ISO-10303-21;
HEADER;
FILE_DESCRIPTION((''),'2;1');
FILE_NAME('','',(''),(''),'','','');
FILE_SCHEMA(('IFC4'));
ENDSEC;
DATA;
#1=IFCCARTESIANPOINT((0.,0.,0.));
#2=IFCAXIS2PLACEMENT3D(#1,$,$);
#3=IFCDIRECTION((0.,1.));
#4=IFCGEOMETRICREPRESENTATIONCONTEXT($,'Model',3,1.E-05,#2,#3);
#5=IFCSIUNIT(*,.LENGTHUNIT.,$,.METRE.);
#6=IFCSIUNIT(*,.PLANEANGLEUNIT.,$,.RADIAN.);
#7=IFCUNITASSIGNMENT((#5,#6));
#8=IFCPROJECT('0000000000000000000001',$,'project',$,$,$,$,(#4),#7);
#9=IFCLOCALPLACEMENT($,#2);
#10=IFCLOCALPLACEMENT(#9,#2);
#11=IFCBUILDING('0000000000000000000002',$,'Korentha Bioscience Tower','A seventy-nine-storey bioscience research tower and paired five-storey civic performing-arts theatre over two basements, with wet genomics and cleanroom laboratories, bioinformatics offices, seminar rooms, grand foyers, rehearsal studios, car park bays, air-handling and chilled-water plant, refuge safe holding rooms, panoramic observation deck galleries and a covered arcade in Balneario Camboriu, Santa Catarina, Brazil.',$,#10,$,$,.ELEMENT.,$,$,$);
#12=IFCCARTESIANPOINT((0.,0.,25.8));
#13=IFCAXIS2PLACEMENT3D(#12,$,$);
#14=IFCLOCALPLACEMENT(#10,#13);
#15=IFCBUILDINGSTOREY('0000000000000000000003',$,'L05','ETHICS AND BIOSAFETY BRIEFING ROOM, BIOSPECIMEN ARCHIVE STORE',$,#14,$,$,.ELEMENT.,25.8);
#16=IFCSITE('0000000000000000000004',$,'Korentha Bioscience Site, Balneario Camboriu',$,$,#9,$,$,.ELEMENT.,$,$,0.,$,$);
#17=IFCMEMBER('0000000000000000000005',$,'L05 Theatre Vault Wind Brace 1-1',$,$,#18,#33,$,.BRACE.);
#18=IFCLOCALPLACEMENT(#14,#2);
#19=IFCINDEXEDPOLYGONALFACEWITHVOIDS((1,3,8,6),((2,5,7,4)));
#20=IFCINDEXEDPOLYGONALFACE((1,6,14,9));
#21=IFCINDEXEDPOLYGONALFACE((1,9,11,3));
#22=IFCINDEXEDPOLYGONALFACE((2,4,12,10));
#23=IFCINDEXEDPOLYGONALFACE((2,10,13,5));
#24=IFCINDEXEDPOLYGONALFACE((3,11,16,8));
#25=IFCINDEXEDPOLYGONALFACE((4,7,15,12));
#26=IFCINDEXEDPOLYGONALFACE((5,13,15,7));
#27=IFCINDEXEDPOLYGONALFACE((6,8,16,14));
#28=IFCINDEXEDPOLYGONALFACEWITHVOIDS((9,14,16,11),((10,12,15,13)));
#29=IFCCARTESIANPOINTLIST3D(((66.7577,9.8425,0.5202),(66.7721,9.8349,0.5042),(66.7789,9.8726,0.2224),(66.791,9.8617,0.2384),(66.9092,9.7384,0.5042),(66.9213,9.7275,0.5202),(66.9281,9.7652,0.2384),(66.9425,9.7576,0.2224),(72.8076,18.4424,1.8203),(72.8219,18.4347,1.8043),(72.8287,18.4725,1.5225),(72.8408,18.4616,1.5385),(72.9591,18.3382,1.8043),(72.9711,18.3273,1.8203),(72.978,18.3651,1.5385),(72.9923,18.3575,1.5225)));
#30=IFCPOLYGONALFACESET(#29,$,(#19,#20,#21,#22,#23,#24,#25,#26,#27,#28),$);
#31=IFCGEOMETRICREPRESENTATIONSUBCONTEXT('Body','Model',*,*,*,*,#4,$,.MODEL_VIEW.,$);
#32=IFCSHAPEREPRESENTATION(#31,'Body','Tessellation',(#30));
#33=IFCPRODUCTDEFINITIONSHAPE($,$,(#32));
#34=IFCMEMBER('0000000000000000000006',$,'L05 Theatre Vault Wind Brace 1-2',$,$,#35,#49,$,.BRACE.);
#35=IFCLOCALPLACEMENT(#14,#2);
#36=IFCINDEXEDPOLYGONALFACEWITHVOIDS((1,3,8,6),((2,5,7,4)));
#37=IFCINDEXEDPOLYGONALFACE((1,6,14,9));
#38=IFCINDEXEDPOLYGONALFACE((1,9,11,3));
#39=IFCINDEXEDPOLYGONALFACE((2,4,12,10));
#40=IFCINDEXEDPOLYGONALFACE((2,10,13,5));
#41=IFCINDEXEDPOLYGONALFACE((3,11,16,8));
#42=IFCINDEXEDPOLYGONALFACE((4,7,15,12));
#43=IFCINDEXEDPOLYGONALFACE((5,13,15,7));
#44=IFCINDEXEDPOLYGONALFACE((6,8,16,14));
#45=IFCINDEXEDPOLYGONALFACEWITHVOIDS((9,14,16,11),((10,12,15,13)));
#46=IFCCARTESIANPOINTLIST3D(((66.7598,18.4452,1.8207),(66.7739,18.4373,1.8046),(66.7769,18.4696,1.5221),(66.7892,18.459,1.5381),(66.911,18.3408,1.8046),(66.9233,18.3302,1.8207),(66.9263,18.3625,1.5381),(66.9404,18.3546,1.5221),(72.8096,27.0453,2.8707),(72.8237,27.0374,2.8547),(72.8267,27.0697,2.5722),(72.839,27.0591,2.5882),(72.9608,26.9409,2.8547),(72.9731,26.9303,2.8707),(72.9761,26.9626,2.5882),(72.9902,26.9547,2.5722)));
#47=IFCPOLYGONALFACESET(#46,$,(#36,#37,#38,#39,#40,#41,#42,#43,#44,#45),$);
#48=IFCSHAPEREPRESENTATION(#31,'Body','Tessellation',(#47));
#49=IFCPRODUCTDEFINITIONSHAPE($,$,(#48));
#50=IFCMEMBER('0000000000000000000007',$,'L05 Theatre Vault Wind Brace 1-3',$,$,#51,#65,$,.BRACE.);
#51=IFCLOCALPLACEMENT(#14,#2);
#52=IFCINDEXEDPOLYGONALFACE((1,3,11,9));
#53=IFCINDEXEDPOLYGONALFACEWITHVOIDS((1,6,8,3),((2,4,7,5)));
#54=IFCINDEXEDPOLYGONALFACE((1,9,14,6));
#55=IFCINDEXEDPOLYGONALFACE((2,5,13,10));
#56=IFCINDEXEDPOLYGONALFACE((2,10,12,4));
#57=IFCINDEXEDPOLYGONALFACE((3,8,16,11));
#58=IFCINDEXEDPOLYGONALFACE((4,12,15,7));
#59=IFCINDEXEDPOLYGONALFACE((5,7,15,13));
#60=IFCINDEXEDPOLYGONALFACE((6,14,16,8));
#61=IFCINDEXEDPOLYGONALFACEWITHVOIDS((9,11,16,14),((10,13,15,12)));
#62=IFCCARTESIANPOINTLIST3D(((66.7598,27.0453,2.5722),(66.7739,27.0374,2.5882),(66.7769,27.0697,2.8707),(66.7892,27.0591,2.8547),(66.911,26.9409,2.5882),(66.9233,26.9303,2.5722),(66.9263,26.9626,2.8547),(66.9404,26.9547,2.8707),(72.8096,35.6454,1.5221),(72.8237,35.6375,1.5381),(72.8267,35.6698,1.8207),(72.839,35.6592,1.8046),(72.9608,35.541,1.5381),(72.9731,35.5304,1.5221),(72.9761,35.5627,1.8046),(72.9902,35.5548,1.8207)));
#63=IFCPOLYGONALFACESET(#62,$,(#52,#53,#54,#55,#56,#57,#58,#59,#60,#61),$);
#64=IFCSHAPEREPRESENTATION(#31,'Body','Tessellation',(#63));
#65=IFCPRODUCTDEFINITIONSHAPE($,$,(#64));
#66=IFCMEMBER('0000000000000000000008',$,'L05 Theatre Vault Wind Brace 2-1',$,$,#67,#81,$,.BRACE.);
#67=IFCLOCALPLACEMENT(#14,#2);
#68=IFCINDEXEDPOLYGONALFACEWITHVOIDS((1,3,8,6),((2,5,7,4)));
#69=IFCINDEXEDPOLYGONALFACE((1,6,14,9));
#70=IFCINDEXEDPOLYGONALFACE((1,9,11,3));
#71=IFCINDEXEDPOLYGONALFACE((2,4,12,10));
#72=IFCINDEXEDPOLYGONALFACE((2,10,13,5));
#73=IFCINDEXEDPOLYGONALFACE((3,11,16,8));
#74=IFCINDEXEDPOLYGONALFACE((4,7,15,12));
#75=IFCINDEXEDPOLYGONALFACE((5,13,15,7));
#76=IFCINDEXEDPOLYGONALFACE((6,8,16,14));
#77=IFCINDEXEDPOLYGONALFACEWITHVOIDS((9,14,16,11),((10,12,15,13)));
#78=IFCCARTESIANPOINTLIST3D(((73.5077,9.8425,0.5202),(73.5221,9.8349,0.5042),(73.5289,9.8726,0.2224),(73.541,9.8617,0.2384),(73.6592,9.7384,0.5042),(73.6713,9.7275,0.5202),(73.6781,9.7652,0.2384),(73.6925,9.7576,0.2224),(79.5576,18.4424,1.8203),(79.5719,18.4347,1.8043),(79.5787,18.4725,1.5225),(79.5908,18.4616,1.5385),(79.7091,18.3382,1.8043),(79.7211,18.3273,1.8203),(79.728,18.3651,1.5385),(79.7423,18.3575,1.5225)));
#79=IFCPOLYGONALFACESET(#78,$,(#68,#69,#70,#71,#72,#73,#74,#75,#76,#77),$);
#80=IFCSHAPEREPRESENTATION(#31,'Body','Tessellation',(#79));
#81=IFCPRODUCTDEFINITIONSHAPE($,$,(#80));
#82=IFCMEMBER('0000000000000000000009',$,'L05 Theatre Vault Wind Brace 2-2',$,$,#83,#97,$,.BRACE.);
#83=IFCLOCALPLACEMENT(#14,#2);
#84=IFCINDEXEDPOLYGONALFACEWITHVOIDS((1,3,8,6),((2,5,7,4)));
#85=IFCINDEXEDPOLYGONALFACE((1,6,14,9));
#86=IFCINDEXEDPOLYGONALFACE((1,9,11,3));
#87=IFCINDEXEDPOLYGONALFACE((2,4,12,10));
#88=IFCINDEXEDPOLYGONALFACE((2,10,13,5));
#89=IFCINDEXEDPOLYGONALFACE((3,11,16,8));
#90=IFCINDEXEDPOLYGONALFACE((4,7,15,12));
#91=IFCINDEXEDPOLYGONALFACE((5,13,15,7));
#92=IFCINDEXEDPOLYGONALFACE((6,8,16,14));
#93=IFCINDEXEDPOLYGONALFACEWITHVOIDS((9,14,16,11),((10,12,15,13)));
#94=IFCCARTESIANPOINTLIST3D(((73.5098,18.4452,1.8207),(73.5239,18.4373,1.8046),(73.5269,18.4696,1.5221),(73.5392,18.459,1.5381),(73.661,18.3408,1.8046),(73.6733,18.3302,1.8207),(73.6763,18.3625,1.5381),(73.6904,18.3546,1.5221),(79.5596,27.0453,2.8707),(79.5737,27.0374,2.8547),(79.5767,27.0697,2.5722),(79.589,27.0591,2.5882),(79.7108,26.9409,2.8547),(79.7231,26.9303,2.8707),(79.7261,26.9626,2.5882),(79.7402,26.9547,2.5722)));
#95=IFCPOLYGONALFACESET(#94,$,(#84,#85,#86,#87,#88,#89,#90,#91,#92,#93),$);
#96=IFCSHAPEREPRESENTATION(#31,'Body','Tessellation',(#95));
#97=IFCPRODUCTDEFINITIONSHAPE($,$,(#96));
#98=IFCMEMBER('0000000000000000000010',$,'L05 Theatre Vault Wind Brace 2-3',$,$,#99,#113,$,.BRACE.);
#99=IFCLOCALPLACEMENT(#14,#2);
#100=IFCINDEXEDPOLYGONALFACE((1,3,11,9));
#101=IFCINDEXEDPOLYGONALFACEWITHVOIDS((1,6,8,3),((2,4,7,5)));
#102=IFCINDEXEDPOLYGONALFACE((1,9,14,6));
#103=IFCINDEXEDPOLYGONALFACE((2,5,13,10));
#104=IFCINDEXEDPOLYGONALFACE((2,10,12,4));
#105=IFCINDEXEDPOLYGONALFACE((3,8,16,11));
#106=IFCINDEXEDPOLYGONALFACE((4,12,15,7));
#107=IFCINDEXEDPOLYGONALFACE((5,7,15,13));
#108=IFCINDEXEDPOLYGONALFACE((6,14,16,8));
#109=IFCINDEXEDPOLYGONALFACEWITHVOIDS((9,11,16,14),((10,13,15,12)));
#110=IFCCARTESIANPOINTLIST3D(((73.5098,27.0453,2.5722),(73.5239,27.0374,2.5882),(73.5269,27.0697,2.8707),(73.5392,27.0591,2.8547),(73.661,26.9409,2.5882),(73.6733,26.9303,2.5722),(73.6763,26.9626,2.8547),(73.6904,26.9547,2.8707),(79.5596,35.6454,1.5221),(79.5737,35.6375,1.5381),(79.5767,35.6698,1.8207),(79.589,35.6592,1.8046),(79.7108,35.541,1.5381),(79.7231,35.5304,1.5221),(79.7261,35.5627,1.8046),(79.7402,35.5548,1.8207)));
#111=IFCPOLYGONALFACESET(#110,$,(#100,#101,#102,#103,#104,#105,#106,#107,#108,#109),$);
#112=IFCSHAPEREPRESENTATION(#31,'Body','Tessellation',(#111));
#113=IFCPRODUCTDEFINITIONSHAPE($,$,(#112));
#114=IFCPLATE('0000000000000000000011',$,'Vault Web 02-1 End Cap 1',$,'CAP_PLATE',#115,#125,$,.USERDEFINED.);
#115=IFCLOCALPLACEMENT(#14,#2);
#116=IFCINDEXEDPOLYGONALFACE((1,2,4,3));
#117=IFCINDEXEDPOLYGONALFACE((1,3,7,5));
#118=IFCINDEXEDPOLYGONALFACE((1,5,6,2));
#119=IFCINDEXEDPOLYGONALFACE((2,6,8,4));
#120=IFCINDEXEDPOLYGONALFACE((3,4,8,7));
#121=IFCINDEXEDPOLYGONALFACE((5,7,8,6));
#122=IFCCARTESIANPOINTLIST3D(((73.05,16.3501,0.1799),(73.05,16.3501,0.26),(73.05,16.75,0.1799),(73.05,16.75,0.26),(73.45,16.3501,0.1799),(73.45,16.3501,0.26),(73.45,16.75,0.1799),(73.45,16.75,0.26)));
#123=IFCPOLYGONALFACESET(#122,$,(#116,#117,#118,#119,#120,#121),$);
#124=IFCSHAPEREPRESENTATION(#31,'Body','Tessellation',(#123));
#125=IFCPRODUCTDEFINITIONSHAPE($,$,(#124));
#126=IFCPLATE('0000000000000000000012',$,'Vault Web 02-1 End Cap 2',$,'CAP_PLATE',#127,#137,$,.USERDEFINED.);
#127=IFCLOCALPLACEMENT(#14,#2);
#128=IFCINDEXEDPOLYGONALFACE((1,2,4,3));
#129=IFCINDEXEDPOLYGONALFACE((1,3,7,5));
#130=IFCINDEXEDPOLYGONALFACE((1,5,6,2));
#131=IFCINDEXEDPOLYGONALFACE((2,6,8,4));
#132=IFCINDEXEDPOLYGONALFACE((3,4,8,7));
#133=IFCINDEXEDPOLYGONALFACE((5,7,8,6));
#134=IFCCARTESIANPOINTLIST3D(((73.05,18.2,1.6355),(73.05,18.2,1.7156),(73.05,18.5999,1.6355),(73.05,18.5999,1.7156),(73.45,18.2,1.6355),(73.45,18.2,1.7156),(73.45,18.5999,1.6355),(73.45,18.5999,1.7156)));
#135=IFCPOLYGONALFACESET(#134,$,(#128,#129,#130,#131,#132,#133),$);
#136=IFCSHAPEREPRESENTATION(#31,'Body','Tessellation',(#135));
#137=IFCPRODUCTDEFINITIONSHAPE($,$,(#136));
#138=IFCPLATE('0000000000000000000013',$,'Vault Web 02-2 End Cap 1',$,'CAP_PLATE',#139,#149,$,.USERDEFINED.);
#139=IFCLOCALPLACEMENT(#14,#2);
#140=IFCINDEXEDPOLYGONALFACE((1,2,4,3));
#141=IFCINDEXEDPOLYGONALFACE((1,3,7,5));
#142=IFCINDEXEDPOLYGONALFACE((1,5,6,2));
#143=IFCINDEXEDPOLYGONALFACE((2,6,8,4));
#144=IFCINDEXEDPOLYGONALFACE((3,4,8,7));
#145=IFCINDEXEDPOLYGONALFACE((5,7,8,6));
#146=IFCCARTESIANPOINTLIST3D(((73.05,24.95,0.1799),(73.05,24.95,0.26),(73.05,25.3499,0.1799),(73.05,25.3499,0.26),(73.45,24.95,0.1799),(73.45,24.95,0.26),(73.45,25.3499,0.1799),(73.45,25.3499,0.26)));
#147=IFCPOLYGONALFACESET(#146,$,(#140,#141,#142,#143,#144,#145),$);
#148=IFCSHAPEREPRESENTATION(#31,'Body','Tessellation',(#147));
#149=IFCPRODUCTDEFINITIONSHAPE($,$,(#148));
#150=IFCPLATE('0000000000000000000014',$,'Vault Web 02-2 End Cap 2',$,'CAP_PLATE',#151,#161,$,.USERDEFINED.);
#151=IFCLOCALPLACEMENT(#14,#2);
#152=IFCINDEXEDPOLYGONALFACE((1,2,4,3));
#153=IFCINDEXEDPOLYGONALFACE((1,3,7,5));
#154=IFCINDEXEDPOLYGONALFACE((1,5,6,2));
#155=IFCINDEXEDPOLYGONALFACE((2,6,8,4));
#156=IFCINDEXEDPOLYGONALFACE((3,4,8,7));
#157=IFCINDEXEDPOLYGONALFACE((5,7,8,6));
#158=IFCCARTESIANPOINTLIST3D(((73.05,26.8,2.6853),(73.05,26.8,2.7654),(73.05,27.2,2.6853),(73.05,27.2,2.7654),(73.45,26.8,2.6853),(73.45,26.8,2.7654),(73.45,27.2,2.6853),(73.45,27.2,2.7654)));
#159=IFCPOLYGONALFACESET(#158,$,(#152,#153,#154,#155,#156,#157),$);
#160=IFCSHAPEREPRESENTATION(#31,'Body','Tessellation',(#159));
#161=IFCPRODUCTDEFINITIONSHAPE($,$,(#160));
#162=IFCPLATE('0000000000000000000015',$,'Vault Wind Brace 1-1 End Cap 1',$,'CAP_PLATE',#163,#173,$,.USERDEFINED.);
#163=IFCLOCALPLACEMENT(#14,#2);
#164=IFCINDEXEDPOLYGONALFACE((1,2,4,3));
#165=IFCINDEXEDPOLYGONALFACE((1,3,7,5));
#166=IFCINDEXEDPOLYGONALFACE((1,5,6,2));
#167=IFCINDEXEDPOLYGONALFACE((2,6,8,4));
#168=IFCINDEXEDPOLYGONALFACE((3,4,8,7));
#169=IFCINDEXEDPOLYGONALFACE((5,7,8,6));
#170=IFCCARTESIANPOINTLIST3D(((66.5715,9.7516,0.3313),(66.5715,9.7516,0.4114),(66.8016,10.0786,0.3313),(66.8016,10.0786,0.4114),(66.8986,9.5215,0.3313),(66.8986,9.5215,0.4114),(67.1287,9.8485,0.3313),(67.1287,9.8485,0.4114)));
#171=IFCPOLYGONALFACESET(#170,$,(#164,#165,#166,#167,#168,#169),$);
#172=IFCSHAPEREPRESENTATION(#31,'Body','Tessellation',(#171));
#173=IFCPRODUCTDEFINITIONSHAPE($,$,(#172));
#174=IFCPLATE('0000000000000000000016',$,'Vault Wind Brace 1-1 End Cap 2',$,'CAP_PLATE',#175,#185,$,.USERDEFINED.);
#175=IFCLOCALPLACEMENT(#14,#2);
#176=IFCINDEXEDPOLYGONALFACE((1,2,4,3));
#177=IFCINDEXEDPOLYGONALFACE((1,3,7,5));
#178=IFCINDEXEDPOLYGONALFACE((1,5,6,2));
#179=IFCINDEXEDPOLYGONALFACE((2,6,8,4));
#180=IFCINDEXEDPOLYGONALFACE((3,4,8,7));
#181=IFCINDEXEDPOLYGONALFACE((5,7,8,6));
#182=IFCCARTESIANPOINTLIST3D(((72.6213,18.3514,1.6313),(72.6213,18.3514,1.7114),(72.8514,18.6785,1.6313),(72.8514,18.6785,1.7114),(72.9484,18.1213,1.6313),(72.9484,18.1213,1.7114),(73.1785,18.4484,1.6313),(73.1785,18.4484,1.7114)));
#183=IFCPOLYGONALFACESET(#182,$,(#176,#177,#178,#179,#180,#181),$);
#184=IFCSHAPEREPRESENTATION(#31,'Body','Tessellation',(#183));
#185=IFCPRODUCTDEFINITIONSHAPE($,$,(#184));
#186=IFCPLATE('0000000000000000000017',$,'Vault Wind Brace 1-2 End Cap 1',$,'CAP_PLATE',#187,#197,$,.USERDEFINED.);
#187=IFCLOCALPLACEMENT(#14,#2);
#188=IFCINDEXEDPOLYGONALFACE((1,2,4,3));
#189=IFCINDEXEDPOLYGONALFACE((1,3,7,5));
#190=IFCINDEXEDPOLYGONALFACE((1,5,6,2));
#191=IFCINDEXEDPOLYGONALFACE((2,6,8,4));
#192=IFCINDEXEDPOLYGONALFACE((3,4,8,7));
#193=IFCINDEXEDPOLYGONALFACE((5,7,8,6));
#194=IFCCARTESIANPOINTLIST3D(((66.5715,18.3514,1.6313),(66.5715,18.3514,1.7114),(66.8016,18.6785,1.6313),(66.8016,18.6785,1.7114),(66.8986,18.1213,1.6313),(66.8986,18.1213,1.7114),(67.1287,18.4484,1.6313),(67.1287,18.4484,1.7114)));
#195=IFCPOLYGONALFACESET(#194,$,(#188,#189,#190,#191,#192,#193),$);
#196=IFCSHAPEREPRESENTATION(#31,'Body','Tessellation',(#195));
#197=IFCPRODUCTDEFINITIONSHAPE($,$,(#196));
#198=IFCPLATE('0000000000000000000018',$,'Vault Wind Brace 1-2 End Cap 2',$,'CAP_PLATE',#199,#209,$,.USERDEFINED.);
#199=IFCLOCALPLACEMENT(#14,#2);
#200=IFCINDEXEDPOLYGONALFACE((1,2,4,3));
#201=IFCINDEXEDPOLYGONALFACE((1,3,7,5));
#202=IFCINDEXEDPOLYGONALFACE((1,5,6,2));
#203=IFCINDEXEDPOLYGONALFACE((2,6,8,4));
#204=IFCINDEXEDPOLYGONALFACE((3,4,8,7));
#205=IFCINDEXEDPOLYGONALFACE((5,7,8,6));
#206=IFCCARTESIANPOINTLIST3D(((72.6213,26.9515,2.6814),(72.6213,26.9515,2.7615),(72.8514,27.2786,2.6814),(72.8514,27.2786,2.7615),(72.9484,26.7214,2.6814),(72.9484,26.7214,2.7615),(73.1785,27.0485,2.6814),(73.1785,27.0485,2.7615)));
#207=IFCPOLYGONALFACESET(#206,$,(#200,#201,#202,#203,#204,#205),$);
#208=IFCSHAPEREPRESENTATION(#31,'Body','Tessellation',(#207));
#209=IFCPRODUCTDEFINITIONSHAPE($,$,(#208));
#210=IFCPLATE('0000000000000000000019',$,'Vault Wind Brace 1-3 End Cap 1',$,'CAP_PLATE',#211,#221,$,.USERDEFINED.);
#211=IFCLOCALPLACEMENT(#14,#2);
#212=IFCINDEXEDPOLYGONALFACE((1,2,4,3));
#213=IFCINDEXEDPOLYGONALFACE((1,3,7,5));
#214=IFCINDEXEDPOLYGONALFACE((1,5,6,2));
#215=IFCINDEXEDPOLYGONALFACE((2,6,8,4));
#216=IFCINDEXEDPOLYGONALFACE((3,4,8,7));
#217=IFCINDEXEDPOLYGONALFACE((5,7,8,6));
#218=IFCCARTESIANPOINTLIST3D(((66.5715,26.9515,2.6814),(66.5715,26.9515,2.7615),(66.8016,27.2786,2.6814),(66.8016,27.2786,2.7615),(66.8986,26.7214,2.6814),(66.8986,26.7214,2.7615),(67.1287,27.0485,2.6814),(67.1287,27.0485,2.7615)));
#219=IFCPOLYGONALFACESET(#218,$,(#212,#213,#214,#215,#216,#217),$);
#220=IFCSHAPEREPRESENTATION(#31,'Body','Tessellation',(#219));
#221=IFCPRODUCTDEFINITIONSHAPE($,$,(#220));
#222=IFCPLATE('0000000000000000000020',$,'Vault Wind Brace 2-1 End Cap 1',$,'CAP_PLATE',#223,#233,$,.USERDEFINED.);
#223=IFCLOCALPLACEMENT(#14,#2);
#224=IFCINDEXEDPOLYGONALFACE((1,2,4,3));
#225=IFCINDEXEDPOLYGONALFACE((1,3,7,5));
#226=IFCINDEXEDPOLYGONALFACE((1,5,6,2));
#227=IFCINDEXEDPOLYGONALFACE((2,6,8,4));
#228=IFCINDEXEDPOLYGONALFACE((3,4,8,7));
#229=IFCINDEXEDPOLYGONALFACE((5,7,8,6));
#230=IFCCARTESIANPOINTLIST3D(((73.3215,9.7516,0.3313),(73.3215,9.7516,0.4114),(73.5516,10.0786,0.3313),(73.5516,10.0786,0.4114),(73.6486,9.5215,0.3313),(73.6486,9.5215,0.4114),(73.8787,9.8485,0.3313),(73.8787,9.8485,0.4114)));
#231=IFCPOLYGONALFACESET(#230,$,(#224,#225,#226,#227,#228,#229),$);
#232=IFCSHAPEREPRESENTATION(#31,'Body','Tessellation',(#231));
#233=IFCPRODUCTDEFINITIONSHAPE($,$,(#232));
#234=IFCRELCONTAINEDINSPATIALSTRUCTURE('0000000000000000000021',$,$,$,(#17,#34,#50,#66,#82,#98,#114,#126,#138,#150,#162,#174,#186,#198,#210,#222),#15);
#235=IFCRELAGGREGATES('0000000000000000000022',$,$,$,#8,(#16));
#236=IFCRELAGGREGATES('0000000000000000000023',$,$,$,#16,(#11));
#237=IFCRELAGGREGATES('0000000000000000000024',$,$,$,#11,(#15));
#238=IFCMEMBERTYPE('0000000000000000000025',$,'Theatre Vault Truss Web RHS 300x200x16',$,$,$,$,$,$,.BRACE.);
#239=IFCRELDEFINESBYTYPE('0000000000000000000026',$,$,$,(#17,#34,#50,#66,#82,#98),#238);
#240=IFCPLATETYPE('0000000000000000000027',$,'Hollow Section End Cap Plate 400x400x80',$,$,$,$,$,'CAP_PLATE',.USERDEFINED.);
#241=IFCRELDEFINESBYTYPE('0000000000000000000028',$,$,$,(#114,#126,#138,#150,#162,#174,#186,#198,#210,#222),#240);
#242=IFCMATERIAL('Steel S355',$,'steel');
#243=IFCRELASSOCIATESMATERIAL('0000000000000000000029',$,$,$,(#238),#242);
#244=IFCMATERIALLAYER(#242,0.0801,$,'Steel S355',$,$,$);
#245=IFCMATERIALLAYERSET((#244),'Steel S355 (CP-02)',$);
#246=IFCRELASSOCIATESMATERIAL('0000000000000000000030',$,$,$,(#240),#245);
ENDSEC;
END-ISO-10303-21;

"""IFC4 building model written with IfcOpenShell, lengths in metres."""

from ifc_helpers import new_model, si_unit, direction, frame, origin, origin_2d, place, context, subcontext, project, spatial, rectangle, hollow_rectangle, extrude, material, layer, layer_set, material_profile, profile_set, type_object, element, save


model = new_model("IFC4")

# Units and contexts
model_context = context("Model", 3, precision=1e-05, world=origin(), true_north=direction((0.0, 1.0)))
body_context = subcontext(model_context, "Body", "Model", "MODEL_VIEW")
ifc_project = project(units=[si_unit("LENGTHUNIT", "METRE"), si_unit("PLANEANGLEUNIT", "RADIAN")], contexts=[model_context])

# Site, building, storey
site_placement = place(None, origin())
site = spatial("IfcSite", under=ifc_project, at=site_placement, Name="Korentha Bioscience Site, Balneario Camboriu", CompositionType="ELEMENT", RefElevation=0.0)
building_placement = place(site_placement, origin())
building = spatial("IfcBuilding", under=site, at=building_placement, Name="Korentha Bioscience Tower", Description="A seventy-nine-storey bioscience research tower and paired five-storey civic performing-arts theatre over two basements, with wet genomics and cleanroom laboratories, bioinformatics offices, seminar rooms, grand foyers, rehearsal studios, car park bays, air-handling and chilled-water plant, refuge safe holding rooms, panoramic observation deck galleries and a covered arcade in Balneario Camboriu, Santa Catarina, Brazil.", CompositionType="ELEMENT")
storey_placement = place(building_placement, frame((0.0, 0.0, 25.8)))
storey = spatial("IfcBuildingStorey", under=building, at=storey_placement, Name="L05", Description="ETHICS AND BIOSAFETY BRIEFING ROOM, BIOSPECIMEN ARCHIVE STORE", CompositionType="ELEMENT", Elevation=25.8)

# Shared definitions
ifc_material = material(Name="Steel S355", Category="steel")

# Members
ifc_material_profile_1 = material_profile(ifc_material, hollow_rectangle(XDim=0.2, YDim=0.3, WallThickness=0.0161, at=origin_2d()), Name="Steel S355")
ifc_profile_set_1 = profile_set([ifc_material_profile_1], Name="Steel S355 (TV-W300)")
member_type_1 = type_object("IfcMemberType", Name="Theatre Vault Truss Web RHS 300x200x16", PredefinedType="BRACE", material=ifc_profile_set_1)
member_1_placement = place(storey_placement, frame((66.8501, 9.8, 0.3713), z_axis=(0.571022, 0.811713, 0.122707), x_axis=(-0.817893, 0.57537, 0.0)))
element("IfcMember", 1, at=member_1_placement, inside=storey, type_object=member_type_1, Name="L05 Theatre Vault Wind Brace 1-1", PredefinedType="BRACE", context=body_context, shape_type="SweptSolid", body=[
    extrude(hollow_rectangle(XDim=0.2, YDim=0.3, WallThickness=0.0161, at=origin_2d()), origin(), (0.0, 0.0, 1.0), 10.5947),
])
for number, where, z_axis, x_axis, name in (
    (2, (66.8501, 18.3999, 1.6714), (0.572511, 0.813853, 0.099369), (-0.817901, 0.575359, 0.0), "L05 Theatre Vault Wind Brace 1-2"),
    (3, (66.8501, 27.0, 2.7214), (0.572511, 0.813853, -0.099369), (-0.817901, 0.575359, 0.0), "L05 Theatre Vault Wind Brace 1-3"),
):
    element("IfcMember", number, at=place(storey_placement, frame(where, z_axis=z_axis, x_axis=x_axis)), inside=storey, type_object=member_type_1, Name=name, PredefinedType="BRACE", context=body_context, shape_type="SweptSolid", body=[
        extrude(hollow_rectangle(XDim=0.2, YDim=0.3, WallThickness=0.0161, at=origin_2d()), origin(), (0.0, 0.0, 1.0), 10.5671),
    ])
member_2_placement = place(storey_placement, frame((73.6001, 9.8, 0.3713), z_axis=(0.571022, 0.811713, 0.122707), x_axis=(-0.817893, 0.57537, 0.0)))
element("IfcMember", 4, at=member_2_placement, inside=storey, type_object=member_type_1, Name="L05 Theatre Vault Wind Brace 2-1", PredefinedType="BRACE", context=body_context, shape_type="SweptSolid", body=[
    extrude(hollow_rectangle(XDim=0.2, YDim=0.3, WallThickness=0.0161, at=origin_2d()), origin(), (0.0, 0.0, 1.0), 10.5947),
])
for number, where, z_axis, x_axis, name in (
    (5, (73.6001, 18.3999, 1.6714), (0.572511, 0.813853, 0.099369), (-0.817901, 0.575359, 0.0), "L05 Theatre Vault Wind Brace 2-2"),
    (6, (73.6001, 27.0, 2.7214), (0.572511, 0.813853, -0.099369), (-0.817901, 0.575359, 0.0), "L05 Theatre Vault Wind Brace 2-3"),
):
    element("IfcMember", number, at=place(storey_placement, frame(where, z_axis=z_axis, x_axis=x_axis)), inside=storey, type_object=member_type_1, Name=name, PredefinedType="BRACE", context=body_context, shape_type="SweptSolid", body=[
        extrude(hollow_rectangle(XDim=0.2, YDim=0.3, WallThickness=0.0161, at=origin_2d()), origin(), (0.0, 0.0, 1.0), 10.5671),
    ])

# Plates
ifc_layer_1 = layer(ifc_material, 0.0801, Name="Steel S355")
ifc_layer_set_1 = layer_set([ifc_layer_1], Name="Steel S355 (CP-02)")
plate_type_1 = type_object("IfcPlateType", Name="Hollow Section End Cap Plate 400x400x80", ElementType="CAP_PLATE", PredefinedType="USERDEFINED", material=ifc_layer_set_1)
for number, where, z_axis, x_axis, name in (
    (7, (73.25, 16.55, 0.1799), (0.0, 0.0, 1.0), (0.0, 1.0, 0.0), "Vault Web 02-1 End Cap 1"),
    (8, (73.25, 18.3999, 1.6355), (0.0, 0.0, 1.0), (0.0, 1.0, 0.0), "Vault Web 02-1 End Cap 2"),
    (9, (73.25, 25.1499, 0.1799), (0.0, 0.0, 1.0), (0.0, 1.0, 0.0), "Vault Web 02-2 End Cap 1"),
    (10, (73.25, 27.0, 2.6853), (0.0, 0.0, 1.0), (0.0, 1.0, 0.0), "Vault Web 02-2 End Cap 2"),
    (11, (66.8501, 9.8, 0.3313), (0.0, 0.0, 1.0), (0.575434, 0.817849, 0.0), "Vault Wind Brace 1-1 End Cap 1"),
    (12, (72.8999, 18.3999, 1.6313), (0.0, 0.0, 1.0), (0.575434, 0.817849, 0.0), "Vault Wind Brace 1-1 End Cap 2"),
    (13, (66.8501, 18.3999, 1.6313), (0.0, 0.0, 1.0), (0.575434, 0.817849, 0.0), "Vault Wind Brace 1-2 End Cap 1"),
    (14, (72.8999, 27.0, 2.6814), (0.0, 0.0, 1.0), (0.575434, 0.817849, 0.0), "Vault Wind Brace 1-2 End Cap 2"),
    (15, (66.8501, 27.0, 2.6814), (0.0, 0.0, 1.0), (0.575434, 0.817849, 0.0), "Vault Wind Brace 1-3 End Cap 1"),
    (16, (73.6001, 9.8, 0.3313), (0.0, 0.0, 1.0), (0.575434, 0.817849, 0.0), "Vault Wind Brace 2-1 End Cap 1"),
):
    element("IfcPlate", number, at=place(storey_placement, frame(where, z_axis=z_axis, x_axis=x_axis)), inside=storey, type_object=plate_type_1, Name=name, ObjectType="CAP_PLATE", PredefinedType="USERDEFINED", context=body_context, shape_type="SweptSolid", body=[
        extrude(rectangle(XDim=0.3999, YDim=0.3999, at=origin_2d()), origin(), (0.0, 0.0, 1.0), 0.0801),
    ])

save(model, "model.ifc")
